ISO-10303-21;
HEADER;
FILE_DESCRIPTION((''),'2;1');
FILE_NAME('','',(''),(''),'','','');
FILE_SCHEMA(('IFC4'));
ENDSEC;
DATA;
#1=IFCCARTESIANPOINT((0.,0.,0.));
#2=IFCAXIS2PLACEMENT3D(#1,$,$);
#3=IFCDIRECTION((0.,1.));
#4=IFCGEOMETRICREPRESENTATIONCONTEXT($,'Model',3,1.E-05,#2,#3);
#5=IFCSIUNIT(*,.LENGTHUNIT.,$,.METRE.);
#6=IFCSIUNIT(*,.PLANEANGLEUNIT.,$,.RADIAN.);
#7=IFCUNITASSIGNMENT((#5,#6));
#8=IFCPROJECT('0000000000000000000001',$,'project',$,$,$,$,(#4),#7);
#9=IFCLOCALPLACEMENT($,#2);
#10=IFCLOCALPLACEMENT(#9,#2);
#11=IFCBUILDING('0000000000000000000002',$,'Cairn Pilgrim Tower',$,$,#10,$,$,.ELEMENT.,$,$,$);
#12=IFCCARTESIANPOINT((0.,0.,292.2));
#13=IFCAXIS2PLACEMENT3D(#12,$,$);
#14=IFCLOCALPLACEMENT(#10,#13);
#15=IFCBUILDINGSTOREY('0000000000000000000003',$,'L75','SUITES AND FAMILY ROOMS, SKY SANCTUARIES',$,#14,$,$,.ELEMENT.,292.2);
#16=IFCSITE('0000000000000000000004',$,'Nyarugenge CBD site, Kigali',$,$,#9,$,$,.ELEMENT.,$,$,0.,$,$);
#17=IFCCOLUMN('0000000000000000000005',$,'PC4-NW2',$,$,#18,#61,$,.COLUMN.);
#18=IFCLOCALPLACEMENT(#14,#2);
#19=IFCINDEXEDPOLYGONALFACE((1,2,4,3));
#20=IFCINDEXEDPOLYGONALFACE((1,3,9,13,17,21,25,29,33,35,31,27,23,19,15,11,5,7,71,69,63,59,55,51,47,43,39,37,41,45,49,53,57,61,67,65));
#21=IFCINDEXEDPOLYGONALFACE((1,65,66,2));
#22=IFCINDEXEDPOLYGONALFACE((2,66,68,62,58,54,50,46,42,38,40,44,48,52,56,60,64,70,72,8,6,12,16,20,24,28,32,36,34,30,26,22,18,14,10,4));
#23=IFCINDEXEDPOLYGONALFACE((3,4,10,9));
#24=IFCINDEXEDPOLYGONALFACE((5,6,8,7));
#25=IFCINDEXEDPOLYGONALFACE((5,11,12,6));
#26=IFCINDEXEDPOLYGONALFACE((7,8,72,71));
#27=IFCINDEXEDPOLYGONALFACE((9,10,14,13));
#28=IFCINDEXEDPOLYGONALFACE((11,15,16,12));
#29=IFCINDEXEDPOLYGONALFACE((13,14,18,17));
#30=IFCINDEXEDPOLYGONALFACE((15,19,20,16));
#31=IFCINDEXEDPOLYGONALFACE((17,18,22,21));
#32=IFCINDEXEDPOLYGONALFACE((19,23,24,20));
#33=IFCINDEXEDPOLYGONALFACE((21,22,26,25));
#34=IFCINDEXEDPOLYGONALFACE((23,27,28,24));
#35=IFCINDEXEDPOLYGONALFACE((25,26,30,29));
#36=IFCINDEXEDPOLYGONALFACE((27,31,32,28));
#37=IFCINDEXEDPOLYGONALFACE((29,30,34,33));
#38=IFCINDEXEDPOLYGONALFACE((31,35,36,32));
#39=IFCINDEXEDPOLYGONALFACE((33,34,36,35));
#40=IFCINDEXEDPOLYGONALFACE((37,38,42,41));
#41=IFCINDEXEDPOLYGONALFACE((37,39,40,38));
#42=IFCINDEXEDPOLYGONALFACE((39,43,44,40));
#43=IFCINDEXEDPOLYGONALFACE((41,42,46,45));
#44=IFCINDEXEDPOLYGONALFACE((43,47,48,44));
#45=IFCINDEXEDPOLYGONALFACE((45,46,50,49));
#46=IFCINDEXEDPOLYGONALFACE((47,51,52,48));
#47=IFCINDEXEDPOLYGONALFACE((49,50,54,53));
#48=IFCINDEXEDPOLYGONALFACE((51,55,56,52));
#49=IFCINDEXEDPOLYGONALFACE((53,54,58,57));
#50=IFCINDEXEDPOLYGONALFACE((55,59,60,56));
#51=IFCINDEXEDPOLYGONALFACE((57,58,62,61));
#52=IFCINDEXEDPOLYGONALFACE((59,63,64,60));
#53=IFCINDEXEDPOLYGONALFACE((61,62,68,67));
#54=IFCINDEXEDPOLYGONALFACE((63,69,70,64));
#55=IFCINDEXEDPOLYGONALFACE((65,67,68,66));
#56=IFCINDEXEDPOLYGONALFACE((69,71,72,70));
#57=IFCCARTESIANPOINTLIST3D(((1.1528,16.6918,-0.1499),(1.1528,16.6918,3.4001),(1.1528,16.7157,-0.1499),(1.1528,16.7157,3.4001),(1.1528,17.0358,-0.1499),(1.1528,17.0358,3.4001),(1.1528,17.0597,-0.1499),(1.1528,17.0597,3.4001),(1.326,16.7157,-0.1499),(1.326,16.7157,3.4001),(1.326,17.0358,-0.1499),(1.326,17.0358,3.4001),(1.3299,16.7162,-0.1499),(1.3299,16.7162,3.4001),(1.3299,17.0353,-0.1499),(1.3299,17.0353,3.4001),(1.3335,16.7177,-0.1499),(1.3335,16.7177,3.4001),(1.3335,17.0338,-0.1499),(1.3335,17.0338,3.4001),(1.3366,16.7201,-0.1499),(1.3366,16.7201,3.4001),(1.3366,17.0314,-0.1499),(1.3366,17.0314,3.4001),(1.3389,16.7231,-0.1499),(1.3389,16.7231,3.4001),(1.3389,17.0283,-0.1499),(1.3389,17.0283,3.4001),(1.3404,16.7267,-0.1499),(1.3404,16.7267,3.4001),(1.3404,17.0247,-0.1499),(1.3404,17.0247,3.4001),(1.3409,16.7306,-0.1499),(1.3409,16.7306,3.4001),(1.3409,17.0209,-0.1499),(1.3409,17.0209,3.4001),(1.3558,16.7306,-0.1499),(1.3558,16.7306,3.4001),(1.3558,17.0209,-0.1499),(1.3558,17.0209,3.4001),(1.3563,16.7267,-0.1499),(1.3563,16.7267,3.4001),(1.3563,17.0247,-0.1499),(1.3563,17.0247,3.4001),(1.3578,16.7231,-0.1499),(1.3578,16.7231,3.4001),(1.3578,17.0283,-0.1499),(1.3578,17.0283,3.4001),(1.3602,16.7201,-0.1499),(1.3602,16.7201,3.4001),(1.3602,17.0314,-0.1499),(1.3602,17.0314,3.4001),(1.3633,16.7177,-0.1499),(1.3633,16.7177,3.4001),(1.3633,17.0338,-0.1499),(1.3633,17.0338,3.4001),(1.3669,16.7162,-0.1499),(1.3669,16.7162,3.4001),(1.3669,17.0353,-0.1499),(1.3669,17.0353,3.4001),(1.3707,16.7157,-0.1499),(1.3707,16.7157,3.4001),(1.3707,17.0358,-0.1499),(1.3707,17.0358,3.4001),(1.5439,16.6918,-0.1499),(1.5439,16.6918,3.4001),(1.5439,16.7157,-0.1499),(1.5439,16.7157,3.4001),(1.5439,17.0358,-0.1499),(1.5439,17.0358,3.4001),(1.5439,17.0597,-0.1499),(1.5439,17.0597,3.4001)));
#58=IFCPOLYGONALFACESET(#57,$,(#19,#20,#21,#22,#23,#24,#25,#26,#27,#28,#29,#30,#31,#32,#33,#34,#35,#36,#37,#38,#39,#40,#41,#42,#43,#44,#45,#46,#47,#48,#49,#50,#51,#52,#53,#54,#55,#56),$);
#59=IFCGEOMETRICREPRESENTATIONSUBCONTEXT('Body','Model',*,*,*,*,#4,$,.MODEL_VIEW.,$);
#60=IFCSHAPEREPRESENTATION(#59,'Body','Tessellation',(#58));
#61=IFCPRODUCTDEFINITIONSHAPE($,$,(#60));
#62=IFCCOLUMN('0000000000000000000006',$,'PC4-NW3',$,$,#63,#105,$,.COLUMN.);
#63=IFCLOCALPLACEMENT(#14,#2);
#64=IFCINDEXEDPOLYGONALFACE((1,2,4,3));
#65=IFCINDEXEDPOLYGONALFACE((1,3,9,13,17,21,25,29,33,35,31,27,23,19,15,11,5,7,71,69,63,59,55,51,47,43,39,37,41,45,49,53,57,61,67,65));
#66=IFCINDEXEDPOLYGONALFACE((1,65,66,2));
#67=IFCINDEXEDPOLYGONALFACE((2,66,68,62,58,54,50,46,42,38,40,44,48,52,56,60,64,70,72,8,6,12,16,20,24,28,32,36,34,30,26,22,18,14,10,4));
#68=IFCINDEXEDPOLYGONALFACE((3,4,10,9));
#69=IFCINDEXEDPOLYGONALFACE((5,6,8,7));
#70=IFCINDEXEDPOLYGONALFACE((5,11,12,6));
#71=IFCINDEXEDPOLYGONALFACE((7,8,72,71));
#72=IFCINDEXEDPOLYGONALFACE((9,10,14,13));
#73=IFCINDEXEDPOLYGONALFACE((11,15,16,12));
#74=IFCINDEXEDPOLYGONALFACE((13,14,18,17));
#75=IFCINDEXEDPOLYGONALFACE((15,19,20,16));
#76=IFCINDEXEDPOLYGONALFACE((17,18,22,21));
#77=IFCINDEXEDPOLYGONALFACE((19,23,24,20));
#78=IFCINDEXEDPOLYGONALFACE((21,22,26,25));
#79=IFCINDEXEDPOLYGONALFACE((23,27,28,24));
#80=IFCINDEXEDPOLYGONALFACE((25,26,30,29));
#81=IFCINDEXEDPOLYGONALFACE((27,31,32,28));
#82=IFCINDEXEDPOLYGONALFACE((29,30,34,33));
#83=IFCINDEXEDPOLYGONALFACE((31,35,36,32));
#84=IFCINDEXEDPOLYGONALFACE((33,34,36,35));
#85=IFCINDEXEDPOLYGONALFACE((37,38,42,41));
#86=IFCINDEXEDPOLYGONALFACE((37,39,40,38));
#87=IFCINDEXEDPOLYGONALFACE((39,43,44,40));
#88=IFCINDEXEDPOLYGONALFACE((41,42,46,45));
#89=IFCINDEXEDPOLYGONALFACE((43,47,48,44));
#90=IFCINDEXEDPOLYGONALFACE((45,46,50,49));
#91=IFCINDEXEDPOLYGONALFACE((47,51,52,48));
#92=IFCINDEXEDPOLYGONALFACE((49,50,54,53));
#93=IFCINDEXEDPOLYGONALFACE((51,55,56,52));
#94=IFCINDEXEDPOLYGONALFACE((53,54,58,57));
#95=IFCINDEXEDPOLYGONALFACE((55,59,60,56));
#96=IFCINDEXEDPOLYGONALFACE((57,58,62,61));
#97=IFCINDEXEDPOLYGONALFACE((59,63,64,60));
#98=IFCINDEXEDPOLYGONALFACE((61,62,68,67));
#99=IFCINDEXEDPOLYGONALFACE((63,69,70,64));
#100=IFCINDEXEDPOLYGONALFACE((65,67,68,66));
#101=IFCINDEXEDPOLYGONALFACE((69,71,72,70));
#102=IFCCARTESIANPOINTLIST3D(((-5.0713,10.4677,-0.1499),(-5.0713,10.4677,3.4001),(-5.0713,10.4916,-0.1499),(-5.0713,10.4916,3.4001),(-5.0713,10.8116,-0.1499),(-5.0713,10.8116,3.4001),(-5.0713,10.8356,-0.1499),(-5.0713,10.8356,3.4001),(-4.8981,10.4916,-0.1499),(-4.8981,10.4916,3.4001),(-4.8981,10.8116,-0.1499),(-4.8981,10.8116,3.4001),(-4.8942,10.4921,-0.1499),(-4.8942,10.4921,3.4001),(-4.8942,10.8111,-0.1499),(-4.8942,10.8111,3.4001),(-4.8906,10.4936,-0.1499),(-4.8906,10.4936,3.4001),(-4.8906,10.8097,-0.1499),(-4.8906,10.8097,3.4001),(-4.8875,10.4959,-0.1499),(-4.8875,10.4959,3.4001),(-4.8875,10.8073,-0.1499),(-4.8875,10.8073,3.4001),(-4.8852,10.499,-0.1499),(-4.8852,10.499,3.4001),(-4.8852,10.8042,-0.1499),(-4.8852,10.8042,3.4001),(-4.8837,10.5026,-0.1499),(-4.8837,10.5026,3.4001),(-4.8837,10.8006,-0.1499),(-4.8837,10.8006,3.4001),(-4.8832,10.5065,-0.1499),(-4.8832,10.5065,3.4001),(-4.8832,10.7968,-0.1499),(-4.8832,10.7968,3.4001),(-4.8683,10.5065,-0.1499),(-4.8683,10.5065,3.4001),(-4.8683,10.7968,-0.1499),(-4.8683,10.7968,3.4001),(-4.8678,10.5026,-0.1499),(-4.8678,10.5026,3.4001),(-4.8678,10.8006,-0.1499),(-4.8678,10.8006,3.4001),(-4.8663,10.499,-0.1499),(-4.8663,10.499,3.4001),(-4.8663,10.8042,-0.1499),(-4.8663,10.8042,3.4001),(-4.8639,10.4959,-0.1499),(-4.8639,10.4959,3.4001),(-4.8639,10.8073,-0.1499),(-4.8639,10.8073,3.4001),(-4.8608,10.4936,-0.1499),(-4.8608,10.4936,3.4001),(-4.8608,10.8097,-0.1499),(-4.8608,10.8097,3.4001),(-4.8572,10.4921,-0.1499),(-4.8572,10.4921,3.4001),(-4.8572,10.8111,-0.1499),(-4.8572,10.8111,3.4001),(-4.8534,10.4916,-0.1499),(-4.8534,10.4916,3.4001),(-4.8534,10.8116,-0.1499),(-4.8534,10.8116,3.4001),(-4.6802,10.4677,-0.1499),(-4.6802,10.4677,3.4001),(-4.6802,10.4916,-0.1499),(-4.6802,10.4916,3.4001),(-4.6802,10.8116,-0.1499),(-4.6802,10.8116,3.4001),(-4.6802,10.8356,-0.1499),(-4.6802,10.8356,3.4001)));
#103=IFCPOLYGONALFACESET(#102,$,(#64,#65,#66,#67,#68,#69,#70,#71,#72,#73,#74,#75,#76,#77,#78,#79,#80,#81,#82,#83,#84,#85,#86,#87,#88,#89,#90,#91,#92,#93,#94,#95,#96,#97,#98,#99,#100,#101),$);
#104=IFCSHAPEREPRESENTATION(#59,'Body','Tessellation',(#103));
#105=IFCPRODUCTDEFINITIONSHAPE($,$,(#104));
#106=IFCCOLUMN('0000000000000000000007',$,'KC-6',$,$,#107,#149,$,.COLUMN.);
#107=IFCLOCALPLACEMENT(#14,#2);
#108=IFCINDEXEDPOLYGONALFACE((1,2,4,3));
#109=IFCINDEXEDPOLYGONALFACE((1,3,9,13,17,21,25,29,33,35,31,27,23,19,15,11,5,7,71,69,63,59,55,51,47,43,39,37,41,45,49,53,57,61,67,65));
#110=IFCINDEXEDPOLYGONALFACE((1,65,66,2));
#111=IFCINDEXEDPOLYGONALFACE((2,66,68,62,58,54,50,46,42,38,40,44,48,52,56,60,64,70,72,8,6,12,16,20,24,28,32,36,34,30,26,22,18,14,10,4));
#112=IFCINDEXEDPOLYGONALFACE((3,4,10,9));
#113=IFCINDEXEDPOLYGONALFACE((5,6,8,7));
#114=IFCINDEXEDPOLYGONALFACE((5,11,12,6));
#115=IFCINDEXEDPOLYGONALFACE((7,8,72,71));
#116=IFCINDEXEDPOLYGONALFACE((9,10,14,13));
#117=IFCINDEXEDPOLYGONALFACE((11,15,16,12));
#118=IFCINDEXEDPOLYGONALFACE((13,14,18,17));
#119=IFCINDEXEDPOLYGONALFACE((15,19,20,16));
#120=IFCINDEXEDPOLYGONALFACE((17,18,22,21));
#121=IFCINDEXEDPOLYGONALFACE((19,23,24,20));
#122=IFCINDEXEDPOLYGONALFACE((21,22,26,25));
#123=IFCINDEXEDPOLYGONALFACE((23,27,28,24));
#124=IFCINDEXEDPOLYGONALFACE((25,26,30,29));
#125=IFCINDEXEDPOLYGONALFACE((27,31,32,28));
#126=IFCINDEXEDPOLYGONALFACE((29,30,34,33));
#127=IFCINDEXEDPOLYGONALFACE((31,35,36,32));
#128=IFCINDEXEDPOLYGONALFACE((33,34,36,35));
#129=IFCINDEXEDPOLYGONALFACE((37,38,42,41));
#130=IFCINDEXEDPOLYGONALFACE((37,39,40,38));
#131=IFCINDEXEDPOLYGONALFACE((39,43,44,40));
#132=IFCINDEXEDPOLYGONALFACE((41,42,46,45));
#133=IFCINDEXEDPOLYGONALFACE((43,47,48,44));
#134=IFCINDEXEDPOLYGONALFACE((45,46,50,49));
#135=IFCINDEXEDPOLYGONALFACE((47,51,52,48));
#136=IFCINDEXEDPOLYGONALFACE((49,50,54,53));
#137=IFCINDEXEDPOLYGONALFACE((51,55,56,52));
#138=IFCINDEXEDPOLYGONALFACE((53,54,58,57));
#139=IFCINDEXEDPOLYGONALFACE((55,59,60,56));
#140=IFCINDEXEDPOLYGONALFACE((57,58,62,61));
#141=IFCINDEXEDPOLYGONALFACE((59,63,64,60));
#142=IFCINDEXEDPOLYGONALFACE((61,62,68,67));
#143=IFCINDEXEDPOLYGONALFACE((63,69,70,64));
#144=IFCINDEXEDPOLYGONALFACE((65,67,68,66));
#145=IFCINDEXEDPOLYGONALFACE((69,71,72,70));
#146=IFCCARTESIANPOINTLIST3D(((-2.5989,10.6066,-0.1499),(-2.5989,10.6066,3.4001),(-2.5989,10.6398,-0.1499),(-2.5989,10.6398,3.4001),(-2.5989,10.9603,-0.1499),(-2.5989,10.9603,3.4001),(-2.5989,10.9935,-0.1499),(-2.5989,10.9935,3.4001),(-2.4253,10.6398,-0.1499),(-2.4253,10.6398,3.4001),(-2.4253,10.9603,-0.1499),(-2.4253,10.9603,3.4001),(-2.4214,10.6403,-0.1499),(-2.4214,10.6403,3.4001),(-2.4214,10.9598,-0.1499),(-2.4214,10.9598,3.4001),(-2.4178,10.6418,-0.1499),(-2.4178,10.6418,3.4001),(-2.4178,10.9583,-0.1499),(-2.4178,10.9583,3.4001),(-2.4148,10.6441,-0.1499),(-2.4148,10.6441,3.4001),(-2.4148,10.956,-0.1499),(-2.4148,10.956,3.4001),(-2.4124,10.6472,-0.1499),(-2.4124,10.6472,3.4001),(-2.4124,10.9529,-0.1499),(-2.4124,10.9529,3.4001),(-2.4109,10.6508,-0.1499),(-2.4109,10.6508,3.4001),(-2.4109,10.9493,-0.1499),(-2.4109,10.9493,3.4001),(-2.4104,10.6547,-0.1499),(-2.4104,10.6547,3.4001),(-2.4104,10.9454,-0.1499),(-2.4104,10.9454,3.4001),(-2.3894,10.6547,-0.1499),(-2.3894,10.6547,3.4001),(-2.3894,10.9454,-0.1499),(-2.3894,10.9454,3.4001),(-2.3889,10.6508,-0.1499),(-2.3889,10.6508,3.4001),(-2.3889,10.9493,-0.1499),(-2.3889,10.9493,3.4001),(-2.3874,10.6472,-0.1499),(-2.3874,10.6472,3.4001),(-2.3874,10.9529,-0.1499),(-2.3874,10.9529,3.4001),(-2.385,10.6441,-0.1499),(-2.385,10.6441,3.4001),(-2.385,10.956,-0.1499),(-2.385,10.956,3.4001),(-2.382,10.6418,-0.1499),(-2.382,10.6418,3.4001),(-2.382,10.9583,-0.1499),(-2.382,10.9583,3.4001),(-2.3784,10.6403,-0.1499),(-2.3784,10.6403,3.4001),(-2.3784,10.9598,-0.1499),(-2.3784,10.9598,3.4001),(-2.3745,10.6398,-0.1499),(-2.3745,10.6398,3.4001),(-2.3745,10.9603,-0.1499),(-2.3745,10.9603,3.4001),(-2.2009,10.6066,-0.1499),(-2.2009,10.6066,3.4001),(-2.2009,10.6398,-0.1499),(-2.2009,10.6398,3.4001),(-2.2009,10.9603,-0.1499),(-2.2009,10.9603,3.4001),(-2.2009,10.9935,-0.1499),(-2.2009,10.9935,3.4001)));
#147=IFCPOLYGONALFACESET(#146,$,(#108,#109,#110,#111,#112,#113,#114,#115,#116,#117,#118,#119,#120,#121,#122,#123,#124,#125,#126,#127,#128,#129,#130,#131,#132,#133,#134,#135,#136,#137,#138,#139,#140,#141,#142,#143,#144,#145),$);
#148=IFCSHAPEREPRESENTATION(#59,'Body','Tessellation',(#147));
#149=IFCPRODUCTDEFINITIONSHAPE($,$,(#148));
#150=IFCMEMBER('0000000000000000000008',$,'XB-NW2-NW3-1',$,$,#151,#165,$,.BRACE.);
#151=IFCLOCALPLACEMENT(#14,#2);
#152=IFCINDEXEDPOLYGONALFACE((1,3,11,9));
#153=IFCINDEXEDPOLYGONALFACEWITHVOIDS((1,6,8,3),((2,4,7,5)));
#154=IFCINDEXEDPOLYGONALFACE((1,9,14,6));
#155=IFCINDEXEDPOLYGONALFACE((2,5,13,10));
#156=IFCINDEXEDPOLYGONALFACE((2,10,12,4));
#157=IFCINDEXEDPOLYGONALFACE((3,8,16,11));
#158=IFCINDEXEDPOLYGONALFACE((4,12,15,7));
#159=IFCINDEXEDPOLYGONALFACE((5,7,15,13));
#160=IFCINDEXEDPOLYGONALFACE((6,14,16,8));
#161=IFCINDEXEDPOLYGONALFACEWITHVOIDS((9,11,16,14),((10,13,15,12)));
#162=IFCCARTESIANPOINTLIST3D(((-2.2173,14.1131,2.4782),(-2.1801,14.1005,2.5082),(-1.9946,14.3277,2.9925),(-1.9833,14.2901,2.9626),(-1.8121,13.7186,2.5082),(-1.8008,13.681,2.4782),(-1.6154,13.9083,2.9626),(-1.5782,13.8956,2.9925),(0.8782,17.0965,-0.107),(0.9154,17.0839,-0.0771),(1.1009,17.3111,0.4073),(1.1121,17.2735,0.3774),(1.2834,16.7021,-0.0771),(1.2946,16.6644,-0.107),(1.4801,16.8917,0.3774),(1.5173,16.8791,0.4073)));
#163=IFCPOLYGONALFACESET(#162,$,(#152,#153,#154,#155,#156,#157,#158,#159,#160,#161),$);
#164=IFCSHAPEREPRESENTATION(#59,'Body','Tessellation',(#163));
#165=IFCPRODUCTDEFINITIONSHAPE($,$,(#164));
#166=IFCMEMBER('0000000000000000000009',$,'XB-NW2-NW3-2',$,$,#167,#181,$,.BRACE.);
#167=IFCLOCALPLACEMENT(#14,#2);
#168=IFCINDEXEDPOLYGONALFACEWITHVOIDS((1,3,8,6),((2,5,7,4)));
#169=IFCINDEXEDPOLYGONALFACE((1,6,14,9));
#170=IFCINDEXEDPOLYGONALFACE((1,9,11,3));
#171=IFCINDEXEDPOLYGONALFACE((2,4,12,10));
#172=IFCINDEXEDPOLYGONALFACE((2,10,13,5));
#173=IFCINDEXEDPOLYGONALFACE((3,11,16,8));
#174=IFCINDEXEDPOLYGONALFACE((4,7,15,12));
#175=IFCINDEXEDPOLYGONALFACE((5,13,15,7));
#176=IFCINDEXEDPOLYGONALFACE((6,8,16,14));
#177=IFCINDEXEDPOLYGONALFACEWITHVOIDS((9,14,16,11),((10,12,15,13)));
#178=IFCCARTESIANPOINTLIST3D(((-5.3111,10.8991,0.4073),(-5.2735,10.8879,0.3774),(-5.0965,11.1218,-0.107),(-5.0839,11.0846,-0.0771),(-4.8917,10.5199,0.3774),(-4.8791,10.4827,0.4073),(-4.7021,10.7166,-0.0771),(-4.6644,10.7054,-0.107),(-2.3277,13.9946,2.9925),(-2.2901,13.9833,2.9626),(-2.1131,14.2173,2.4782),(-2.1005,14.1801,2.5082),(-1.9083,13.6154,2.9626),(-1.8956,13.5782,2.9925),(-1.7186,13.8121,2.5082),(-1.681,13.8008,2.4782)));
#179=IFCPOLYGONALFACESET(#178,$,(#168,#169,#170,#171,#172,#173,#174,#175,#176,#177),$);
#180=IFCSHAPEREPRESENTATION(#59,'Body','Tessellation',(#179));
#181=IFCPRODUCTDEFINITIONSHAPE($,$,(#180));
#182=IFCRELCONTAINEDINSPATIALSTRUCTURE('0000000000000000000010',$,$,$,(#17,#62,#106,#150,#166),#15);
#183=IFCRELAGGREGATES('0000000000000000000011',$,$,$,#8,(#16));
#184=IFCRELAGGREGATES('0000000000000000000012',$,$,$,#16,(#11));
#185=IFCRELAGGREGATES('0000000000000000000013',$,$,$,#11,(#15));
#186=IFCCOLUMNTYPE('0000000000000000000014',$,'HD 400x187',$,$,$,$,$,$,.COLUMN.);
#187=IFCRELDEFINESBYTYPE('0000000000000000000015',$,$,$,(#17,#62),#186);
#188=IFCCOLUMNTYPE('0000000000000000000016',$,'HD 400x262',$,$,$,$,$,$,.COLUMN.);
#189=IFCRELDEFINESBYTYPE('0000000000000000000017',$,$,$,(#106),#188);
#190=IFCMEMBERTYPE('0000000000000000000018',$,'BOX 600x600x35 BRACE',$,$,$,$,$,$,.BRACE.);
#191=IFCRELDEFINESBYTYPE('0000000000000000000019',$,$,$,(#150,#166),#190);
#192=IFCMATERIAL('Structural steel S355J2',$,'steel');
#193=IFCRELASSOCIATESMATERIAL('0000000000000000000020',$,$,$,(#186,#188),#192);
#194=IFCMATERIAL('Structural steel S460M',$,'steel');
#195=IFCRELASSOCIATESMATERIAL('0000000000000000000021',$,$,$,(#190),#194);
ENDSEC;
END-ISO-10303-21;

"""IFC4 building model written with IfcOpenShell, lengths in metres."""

from ifc_helpers import new_model, si_unit, direction, frame, origin, origin_2d, place, context, subcontext, project, spatial, hollow_rectangle, i_section, extrude, material, material_profile, profile_set, type_object, element, save


model = new_model("IFC4")

# Units and contexts
model_context = context("Model", 3, precision=1e-05, world=origin(), true_north=direction((0.0, 1.0)))
body_context = subcontext(model_context, "Body", "Model", "MODEL_VIEW")
ifc_project = project(units=[si_unit("LENGTHUNIT", "METRE"), si_unit("PLANEANGLEUNIT", "RADIAN")], contexts=[model_context])

# Site, building, storey
site_placement = place(None, origin())
site = spatial("IfcSite", under=ifc_project, at=site_placement, Name="Nyarugenge CBD site, Kigali", CompositionType="ELEMENT", RefElevation=0.0)
building_placement = place(site_placement, origin())
building = spatial("IfcBuilding", under=site, at=building_placement, Name="Cairn Pilgrim Tower", CompositionType="ELEMENT")
storey_placement = place(building_placement, frame((0.0, 0.0, 292.2)))
storey = spatial("IfcBuildingStorey", under=building, at=storey_placement, Name="L75", Description="SUITES AND FAMILY ROOMS, SKY SANCTUARIES", CompositionType="ELEMENT", Elevation=292.2)

# Columns
ifc_material_1 = material(Name="Structural steel S355J2", Category="steel")
ifc_material_profile_1 = material_profile(ifc_material_1, i_section(OverallWidth=0.3911, OverallDepth=0.3679, WebThickness=0.0149, FlangeThickness=0.0239, FilletRadius=0.0149, at=origin_2d()), Name="HD 400x187")
ifc_profile_set_1 = profile_set([ifc_material_profile_1], Name="Structural steel S355J2")
column_type_1 = type_object("IfcColumnType", Name="HD 400x187", PredefinedType="COLUMN", material=ifc_profile_set_1)
for number, where, z_axis, x_axis, name in (
    (1, (1.3484, 16.8757, -0.1499), (0.0, 0.0, 1.0), (1.0, 0.0, 0.0), "PC4-NW2"),
    (2, (-4.8757, 10.6516, -0.1499), (0.0, 0.0, 1.0), (1.0, 0.0, 0.0), "PC4-NW3"),
):
    element("IfcColumn", number, at=place(storey_placement, frame(where, z_axis=z_axis, x_axis=x_axis)), inside=storey, type_object=column_type_1, Name=name, PredefinedType="COLUMN", context=body_context, shape_type="SweptSolid", body=[
        extrude(i_section(OverallWidth=0.3911, OverallDepth=0.3679, WebThickness=0.0149, FlangeThickness=0.0239, FilletRadius=0.0149, at=origin_2d()), origin(), (0.0, 0.0, 1.0), 3.55),
    ])
ifc_material_profile_2 = material_profile(ifc_material_1, i_section(OverallWidth=0.3979, OverallDepth=0.387, WebThickness=0.021, FlangeThickness=0.0332, FilletRadius=0.0149, at=origin_2d()), Name="HD 400x262")
ifc_profile_set_2 = profile_set([ifc_material_profile_2], Name="Structural steel S355J2")
column_type_2 = type_object("IfcColumnType", Name="HD 400x262", PredefinedType="COLUMN", material=ifc_profile_set_2)
column_placement = place(storey_placement, frame((-2.3999, 10.8, -0.1499), z_axis=(0.0, 0.0, 1.0), x_axis=(1.0, 0.0, 0.0)))
element("IfcColumn", 3, at=column_placement, inside=storey, type_object=column_type_2, Name="KC-6", PredefinedType="COLUMN", context=body_context, shape_type="SweptSolid", body=[
    extrude(i_section(OverallWidth=0.3979, OverallDepth=0.387, WebThickness=0.021, FlangeThickness=0.0332, FilletRadius=0.0149, at=origin_2d()), origin(), (0.0, 0.0, 1.0), 3.55),
])

# Members
ifc_material_2 = material(Name="Structural steel S460M", Category="steel")
ifc_material_profile_3 = material_profile(ifc_material_2, hollow_rectangle(XDim=0.6001, YDim=0.6001, WallThickness=0.0349, at=origin_2d()), Name="BOX 600x600x35")
ifc_profile_set_3 = profile_set([ifc_material_profile_3], Name="Structural steel S460M")
member_type_1 = type_object("IfcMemberType", Name="BOX 600x600x35 BRACE", PredefinedType="BRACE", material=ifc_profile_set_3)
for number, where, z_axis, x_axis, name in (
    (4, (1.1978, 16.9878, 0.1501), (-0.617049, -0.594711, 0.515335), (0.693954, -0.72002, 0.0), "XB-NW2-NW3-1"),
    (5, (-4.9878, 10.8022, 0.1501), (0.594711, 0.617049, 0.515335), (-0.72002, 0.693954, 0.0), "XB-NW2-NW3-2"),
):
    element("IfcMember", number, at=place(storey_placement, frame(where, z_axis=z_axis, x_axis=x_axis)), inside=storey, type_object=member_type_1, Name=name, PredefinedType="BRACE", context=body_context, shape_type="SweptSolid", body=[
        extrude(hollow_rectangle(XDim=0.6001, YDim=0.6001, WallThickness=0.0349, at=origin_2d()), origin(), (0.0, 0.0, 1.0), 5.0166),
    ])

save(model, "model.ifc")
